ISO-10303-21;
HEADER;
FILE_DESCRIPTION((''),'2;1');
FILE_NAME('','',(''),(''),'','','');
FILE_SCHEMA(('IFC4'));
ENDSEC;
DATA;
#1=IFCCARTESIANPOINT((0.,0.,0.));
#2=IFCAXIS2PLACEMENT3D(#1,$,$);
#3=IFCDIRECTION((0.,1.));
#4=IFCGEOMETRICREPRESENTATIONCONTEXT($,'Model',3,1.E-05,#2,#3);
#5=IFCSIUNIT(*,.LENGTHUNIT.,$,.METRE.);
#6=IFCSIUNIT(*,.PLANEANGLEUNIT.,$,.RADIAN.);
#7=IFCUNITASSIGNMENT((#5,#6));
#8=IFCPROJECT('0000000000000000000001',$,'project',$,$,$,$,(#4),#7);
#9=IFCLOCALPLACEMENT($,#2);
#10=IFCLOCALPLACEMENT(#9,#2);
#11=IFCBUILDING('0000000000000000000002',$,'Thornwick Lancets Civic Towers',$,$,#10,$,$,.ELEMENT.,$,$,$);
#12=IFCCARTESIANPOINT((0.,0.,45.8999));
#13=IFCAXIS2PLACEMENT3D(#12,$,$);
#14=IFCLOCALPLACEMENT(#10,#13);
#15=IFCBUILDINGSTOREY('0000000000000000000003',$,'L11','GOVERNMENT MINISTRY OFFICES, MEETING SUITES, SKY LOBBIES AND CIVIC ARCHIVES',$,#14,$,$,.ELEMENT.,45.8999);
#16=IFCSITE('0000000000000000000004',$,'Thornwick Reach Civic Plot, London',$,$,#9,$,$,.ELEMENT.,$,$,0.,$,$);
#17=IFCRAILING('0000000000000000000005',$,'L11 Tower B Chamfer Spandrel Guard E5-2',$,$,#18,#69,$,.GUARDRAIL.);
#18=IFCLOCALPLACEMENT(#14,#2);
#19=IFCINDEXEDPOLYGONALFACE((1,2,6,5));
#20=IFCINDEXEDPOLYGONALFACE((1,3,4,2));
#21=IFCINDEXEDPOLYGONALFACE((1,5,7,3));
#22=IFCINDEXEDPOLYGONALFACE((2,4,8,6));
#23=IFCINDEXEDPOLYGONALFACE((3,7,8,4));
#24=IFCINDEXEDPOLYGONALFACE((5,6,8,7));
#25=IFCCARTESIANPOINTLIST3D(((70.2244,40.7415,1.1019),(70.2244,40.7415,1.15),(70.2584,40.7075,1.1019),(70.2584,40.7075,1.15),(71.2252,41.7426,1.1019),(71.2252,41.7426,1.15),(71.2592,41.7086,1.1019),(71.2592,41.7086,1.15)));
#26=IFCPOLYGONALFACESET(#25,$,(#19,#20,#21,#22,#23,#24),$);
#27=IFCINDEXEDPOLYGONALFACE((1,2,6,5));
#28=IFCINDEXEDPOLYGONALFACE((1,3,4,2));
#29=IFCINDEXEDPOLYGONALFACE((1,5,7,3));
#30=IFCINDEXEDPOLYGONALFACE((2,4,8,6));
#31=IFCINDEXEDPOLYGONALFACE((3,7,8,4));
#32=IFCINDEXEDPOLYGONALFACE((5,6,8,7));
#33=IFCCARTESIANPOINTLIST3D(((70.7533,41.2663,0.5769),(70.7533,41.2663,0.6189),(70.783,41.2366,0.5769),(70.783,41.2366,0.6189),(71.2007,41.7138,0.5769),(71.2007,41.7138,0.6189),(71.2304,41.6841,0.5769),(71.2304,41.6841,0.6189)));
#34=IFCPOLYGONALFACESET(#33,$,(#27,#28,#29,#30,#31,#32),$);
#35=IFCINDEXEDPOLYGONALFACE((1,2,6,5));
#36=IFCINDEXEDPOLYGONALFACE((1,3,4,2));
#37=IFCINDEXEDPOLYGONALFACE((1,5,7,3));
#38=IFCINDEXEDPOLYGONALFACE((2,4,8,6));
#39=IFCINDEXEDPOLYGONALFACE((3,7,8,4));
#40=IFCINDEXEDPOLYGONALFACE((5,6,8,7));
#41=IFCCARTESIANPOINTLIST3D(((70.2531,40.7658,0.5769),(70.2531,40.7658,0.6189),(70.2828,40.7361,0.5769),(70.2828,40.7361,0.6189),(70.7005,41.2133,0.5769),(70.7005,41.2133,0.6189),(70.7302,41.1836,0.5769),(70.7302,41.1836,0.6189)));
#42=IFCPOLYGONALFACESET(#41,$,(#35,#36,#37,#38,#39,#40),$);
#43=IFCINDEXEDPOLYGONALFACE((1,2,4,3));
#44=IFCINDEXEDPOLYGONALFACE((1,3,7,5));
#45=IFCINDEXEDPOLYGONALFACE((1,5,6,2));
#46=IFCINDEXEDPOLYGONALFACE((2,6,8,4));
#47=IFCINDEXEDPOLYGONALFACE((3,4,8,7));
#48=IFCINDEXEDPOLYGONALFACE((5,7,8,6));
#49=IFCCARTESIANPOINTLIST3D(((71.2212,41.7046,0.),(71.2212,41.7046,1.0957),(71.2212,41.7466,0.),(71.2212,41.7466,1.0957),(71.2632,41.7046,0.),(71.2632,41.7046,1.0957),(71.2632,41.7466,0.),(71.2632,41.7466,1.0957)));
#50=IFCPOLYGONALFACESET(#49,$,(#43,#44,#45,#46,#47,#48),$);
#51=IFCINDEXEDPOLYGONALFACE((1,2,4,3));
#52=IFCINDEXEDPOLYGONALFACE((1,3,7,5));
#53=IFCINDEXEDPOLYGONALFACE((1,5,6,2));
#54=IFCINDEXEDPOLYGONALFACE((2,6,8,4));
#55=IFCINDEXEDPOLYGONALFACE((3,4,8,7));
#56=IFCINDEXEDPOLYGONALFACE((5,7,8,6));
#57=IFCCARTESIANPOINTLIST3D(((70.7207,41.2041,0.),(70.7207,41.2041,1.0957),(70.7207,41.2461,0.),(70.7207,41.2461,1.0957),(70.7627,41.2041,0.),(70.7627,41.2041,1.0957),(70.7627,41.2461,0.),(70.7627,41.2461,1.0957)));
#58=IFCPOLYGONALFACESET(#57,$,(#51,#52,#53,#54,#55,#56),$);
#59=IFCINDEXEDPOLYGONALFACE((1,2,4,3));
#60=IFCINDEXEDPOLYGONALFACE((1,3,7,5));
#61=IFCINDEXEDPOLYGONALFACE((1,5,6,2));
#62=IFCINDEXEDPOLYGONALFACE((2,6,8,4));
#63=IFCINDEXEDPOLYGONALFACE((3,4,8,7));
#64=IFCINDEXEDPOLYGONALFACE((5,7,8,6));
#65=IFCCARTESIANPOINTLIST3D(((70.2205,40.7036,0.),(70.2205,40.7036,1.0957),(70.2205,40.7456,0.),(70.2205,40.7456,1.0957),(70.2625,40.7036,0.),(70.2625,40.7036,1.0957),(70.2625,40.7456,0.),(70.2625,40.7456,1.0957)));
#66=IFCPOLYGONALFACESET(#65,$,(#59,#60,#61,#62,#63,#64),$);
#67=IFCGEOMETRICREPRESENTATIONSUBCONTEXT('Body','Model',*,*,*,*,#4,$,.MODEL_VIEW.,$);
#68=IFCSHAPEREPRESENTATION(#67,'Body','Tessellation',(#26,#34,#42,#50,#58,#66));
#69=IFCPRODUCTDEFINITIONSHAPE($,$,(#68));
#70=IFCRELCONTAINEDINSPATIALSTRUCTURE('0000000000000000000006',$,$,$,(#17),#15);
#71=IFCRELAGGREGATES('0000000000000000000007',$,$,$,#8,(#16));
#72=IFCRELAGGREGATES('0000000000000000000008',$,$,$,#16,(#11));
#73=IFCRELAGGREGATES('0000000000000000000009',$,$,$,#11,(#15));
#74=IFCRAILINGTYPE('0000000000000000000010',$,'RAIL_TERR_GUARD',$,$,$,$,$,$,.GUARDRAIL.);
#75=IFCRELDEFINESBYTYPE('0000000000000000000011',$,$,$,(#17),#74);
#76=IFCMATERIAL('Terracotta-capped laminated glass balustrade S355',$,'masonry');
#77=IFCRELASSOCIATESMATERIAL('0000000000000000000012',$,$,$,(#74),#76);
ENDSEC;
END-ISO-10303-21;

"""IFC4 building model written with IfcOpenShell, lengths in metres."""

from ifc_helpers import new_model, si_unit, direction, frame, origin, origin_2d, place, context, subcontext, project, spatial, rectangle, extrude, material, type_object, element, save


model = new_model("IFC4")

# Units and contexts
model_context = context("Model", 3, precision=1e-05, world=origin(), true_north=direction((0.0, 1.0)))
body_context = subcontext(model_context, "Body", "Model", "MODEL_VIEW")
ifc_project = project(units=[si_unit("LENGTHUNIT", "METRE"), si_unit("PLANEANGLEUNIT", "RADIAN")], contexts=[model_context])

# Site, building, storey
site_placement = place(None, origin())
site = spatial("IfcSite", under=ifc_project, at=site_placement, Name="Thornwick Reach Civic Plot, London", CompositionType="ELEMENT", RefElevation=0.0)
building_placement = place(site_placement, origin())
building = spatial("IfcBuilding", under=site, at=building_placement, Name="Thornwick Lancets Civic Towers", CompositionType="ELEMENT")
storey_placement = place(building_placement, frame((0.0, 0.0, 45.8999)))
storey = spatial("IfcBuildingStorey", under=building, at=storey_placement, Name="L11", Description="GOVERNMENT MINISTRY OFFICES, MEETING SUITES, SKY LOBBIES AND CIVIC ARCHIVES", CompositionType="ELEMENT", Elevation=45.8999)

# Railing
ifc_material_1 = material(Name="Terracotta-capped laminated glass balustrade S355", Category="masonry")
railing_type = type_object("IfcRailingType", Name="RAIL_TERR_GUARD", PredefinedType="GUARDRAIL", material=ifc_material_1)
railing_1_placement = place(storey_placement, frame((71.2422, 41.7256, 0.0)))
element("IfcRailing", 1, at=railing_1_placement, inside=storey, type_object=railing_type, Name="L11 Tower B Chamfer Spandrel Guard E5-2", PredefinedType="GUARDRAIL", context=body_context, shape_type="SweptSolid", body=[
    extrude(rectangle(XDim=0.0481, YDim=0.0481, at=origin_2d()), frame((0.0, 0.0, 1.126), z_axis=(-0.707021, -0.707193, 0.0), x_axis=(0.707193, -0.707021, 0.0)), (0.0, 0.0, 1.0), 1.4155),
    extrude(rectangle(XDim=0.042, YDim=0.042, at=origin_2d()), frame((-0.0266, -0.0266, 0.5979), z_axis=(-0.707021, -0.707193, 0.0), x_axis=(0.707193, -0.707021, 0.0)), (0.0, 0.0, 1.0), 0.6328),
    extrude(rectangle(XDim=0.042, YDim=0.042, at=origin_2d()), frame((-0.5269, -0.5271, 0.5979), z_axis=(-0.707021, -0.707193, 0.0), x_axis=(0.707193, -0.707021, 0.0)), (0.0, 0.0, 1.0), 0.6328),
    extrude(rectangle(XDim=0.042, YDim=0.042, at=origin_2d()), origin(), (0.0, 0.0, 1.0), 1.0957),
    extrude(rectangle(XDim=0.042, YDim=0.042, at=origin_2d()), frame((-0.5005, -0.5005, 0.0)), (0.0, 0.0, 1.0), 1.0957),
    extrude(rectangle(XDim=0.042, YDim=0.042, at=origin_2d()), frame((-1.0007, -1.001, 0.0)), (0.0, 0.0, 1.0), 1.0957),
])

save(model, "model.ifc")
